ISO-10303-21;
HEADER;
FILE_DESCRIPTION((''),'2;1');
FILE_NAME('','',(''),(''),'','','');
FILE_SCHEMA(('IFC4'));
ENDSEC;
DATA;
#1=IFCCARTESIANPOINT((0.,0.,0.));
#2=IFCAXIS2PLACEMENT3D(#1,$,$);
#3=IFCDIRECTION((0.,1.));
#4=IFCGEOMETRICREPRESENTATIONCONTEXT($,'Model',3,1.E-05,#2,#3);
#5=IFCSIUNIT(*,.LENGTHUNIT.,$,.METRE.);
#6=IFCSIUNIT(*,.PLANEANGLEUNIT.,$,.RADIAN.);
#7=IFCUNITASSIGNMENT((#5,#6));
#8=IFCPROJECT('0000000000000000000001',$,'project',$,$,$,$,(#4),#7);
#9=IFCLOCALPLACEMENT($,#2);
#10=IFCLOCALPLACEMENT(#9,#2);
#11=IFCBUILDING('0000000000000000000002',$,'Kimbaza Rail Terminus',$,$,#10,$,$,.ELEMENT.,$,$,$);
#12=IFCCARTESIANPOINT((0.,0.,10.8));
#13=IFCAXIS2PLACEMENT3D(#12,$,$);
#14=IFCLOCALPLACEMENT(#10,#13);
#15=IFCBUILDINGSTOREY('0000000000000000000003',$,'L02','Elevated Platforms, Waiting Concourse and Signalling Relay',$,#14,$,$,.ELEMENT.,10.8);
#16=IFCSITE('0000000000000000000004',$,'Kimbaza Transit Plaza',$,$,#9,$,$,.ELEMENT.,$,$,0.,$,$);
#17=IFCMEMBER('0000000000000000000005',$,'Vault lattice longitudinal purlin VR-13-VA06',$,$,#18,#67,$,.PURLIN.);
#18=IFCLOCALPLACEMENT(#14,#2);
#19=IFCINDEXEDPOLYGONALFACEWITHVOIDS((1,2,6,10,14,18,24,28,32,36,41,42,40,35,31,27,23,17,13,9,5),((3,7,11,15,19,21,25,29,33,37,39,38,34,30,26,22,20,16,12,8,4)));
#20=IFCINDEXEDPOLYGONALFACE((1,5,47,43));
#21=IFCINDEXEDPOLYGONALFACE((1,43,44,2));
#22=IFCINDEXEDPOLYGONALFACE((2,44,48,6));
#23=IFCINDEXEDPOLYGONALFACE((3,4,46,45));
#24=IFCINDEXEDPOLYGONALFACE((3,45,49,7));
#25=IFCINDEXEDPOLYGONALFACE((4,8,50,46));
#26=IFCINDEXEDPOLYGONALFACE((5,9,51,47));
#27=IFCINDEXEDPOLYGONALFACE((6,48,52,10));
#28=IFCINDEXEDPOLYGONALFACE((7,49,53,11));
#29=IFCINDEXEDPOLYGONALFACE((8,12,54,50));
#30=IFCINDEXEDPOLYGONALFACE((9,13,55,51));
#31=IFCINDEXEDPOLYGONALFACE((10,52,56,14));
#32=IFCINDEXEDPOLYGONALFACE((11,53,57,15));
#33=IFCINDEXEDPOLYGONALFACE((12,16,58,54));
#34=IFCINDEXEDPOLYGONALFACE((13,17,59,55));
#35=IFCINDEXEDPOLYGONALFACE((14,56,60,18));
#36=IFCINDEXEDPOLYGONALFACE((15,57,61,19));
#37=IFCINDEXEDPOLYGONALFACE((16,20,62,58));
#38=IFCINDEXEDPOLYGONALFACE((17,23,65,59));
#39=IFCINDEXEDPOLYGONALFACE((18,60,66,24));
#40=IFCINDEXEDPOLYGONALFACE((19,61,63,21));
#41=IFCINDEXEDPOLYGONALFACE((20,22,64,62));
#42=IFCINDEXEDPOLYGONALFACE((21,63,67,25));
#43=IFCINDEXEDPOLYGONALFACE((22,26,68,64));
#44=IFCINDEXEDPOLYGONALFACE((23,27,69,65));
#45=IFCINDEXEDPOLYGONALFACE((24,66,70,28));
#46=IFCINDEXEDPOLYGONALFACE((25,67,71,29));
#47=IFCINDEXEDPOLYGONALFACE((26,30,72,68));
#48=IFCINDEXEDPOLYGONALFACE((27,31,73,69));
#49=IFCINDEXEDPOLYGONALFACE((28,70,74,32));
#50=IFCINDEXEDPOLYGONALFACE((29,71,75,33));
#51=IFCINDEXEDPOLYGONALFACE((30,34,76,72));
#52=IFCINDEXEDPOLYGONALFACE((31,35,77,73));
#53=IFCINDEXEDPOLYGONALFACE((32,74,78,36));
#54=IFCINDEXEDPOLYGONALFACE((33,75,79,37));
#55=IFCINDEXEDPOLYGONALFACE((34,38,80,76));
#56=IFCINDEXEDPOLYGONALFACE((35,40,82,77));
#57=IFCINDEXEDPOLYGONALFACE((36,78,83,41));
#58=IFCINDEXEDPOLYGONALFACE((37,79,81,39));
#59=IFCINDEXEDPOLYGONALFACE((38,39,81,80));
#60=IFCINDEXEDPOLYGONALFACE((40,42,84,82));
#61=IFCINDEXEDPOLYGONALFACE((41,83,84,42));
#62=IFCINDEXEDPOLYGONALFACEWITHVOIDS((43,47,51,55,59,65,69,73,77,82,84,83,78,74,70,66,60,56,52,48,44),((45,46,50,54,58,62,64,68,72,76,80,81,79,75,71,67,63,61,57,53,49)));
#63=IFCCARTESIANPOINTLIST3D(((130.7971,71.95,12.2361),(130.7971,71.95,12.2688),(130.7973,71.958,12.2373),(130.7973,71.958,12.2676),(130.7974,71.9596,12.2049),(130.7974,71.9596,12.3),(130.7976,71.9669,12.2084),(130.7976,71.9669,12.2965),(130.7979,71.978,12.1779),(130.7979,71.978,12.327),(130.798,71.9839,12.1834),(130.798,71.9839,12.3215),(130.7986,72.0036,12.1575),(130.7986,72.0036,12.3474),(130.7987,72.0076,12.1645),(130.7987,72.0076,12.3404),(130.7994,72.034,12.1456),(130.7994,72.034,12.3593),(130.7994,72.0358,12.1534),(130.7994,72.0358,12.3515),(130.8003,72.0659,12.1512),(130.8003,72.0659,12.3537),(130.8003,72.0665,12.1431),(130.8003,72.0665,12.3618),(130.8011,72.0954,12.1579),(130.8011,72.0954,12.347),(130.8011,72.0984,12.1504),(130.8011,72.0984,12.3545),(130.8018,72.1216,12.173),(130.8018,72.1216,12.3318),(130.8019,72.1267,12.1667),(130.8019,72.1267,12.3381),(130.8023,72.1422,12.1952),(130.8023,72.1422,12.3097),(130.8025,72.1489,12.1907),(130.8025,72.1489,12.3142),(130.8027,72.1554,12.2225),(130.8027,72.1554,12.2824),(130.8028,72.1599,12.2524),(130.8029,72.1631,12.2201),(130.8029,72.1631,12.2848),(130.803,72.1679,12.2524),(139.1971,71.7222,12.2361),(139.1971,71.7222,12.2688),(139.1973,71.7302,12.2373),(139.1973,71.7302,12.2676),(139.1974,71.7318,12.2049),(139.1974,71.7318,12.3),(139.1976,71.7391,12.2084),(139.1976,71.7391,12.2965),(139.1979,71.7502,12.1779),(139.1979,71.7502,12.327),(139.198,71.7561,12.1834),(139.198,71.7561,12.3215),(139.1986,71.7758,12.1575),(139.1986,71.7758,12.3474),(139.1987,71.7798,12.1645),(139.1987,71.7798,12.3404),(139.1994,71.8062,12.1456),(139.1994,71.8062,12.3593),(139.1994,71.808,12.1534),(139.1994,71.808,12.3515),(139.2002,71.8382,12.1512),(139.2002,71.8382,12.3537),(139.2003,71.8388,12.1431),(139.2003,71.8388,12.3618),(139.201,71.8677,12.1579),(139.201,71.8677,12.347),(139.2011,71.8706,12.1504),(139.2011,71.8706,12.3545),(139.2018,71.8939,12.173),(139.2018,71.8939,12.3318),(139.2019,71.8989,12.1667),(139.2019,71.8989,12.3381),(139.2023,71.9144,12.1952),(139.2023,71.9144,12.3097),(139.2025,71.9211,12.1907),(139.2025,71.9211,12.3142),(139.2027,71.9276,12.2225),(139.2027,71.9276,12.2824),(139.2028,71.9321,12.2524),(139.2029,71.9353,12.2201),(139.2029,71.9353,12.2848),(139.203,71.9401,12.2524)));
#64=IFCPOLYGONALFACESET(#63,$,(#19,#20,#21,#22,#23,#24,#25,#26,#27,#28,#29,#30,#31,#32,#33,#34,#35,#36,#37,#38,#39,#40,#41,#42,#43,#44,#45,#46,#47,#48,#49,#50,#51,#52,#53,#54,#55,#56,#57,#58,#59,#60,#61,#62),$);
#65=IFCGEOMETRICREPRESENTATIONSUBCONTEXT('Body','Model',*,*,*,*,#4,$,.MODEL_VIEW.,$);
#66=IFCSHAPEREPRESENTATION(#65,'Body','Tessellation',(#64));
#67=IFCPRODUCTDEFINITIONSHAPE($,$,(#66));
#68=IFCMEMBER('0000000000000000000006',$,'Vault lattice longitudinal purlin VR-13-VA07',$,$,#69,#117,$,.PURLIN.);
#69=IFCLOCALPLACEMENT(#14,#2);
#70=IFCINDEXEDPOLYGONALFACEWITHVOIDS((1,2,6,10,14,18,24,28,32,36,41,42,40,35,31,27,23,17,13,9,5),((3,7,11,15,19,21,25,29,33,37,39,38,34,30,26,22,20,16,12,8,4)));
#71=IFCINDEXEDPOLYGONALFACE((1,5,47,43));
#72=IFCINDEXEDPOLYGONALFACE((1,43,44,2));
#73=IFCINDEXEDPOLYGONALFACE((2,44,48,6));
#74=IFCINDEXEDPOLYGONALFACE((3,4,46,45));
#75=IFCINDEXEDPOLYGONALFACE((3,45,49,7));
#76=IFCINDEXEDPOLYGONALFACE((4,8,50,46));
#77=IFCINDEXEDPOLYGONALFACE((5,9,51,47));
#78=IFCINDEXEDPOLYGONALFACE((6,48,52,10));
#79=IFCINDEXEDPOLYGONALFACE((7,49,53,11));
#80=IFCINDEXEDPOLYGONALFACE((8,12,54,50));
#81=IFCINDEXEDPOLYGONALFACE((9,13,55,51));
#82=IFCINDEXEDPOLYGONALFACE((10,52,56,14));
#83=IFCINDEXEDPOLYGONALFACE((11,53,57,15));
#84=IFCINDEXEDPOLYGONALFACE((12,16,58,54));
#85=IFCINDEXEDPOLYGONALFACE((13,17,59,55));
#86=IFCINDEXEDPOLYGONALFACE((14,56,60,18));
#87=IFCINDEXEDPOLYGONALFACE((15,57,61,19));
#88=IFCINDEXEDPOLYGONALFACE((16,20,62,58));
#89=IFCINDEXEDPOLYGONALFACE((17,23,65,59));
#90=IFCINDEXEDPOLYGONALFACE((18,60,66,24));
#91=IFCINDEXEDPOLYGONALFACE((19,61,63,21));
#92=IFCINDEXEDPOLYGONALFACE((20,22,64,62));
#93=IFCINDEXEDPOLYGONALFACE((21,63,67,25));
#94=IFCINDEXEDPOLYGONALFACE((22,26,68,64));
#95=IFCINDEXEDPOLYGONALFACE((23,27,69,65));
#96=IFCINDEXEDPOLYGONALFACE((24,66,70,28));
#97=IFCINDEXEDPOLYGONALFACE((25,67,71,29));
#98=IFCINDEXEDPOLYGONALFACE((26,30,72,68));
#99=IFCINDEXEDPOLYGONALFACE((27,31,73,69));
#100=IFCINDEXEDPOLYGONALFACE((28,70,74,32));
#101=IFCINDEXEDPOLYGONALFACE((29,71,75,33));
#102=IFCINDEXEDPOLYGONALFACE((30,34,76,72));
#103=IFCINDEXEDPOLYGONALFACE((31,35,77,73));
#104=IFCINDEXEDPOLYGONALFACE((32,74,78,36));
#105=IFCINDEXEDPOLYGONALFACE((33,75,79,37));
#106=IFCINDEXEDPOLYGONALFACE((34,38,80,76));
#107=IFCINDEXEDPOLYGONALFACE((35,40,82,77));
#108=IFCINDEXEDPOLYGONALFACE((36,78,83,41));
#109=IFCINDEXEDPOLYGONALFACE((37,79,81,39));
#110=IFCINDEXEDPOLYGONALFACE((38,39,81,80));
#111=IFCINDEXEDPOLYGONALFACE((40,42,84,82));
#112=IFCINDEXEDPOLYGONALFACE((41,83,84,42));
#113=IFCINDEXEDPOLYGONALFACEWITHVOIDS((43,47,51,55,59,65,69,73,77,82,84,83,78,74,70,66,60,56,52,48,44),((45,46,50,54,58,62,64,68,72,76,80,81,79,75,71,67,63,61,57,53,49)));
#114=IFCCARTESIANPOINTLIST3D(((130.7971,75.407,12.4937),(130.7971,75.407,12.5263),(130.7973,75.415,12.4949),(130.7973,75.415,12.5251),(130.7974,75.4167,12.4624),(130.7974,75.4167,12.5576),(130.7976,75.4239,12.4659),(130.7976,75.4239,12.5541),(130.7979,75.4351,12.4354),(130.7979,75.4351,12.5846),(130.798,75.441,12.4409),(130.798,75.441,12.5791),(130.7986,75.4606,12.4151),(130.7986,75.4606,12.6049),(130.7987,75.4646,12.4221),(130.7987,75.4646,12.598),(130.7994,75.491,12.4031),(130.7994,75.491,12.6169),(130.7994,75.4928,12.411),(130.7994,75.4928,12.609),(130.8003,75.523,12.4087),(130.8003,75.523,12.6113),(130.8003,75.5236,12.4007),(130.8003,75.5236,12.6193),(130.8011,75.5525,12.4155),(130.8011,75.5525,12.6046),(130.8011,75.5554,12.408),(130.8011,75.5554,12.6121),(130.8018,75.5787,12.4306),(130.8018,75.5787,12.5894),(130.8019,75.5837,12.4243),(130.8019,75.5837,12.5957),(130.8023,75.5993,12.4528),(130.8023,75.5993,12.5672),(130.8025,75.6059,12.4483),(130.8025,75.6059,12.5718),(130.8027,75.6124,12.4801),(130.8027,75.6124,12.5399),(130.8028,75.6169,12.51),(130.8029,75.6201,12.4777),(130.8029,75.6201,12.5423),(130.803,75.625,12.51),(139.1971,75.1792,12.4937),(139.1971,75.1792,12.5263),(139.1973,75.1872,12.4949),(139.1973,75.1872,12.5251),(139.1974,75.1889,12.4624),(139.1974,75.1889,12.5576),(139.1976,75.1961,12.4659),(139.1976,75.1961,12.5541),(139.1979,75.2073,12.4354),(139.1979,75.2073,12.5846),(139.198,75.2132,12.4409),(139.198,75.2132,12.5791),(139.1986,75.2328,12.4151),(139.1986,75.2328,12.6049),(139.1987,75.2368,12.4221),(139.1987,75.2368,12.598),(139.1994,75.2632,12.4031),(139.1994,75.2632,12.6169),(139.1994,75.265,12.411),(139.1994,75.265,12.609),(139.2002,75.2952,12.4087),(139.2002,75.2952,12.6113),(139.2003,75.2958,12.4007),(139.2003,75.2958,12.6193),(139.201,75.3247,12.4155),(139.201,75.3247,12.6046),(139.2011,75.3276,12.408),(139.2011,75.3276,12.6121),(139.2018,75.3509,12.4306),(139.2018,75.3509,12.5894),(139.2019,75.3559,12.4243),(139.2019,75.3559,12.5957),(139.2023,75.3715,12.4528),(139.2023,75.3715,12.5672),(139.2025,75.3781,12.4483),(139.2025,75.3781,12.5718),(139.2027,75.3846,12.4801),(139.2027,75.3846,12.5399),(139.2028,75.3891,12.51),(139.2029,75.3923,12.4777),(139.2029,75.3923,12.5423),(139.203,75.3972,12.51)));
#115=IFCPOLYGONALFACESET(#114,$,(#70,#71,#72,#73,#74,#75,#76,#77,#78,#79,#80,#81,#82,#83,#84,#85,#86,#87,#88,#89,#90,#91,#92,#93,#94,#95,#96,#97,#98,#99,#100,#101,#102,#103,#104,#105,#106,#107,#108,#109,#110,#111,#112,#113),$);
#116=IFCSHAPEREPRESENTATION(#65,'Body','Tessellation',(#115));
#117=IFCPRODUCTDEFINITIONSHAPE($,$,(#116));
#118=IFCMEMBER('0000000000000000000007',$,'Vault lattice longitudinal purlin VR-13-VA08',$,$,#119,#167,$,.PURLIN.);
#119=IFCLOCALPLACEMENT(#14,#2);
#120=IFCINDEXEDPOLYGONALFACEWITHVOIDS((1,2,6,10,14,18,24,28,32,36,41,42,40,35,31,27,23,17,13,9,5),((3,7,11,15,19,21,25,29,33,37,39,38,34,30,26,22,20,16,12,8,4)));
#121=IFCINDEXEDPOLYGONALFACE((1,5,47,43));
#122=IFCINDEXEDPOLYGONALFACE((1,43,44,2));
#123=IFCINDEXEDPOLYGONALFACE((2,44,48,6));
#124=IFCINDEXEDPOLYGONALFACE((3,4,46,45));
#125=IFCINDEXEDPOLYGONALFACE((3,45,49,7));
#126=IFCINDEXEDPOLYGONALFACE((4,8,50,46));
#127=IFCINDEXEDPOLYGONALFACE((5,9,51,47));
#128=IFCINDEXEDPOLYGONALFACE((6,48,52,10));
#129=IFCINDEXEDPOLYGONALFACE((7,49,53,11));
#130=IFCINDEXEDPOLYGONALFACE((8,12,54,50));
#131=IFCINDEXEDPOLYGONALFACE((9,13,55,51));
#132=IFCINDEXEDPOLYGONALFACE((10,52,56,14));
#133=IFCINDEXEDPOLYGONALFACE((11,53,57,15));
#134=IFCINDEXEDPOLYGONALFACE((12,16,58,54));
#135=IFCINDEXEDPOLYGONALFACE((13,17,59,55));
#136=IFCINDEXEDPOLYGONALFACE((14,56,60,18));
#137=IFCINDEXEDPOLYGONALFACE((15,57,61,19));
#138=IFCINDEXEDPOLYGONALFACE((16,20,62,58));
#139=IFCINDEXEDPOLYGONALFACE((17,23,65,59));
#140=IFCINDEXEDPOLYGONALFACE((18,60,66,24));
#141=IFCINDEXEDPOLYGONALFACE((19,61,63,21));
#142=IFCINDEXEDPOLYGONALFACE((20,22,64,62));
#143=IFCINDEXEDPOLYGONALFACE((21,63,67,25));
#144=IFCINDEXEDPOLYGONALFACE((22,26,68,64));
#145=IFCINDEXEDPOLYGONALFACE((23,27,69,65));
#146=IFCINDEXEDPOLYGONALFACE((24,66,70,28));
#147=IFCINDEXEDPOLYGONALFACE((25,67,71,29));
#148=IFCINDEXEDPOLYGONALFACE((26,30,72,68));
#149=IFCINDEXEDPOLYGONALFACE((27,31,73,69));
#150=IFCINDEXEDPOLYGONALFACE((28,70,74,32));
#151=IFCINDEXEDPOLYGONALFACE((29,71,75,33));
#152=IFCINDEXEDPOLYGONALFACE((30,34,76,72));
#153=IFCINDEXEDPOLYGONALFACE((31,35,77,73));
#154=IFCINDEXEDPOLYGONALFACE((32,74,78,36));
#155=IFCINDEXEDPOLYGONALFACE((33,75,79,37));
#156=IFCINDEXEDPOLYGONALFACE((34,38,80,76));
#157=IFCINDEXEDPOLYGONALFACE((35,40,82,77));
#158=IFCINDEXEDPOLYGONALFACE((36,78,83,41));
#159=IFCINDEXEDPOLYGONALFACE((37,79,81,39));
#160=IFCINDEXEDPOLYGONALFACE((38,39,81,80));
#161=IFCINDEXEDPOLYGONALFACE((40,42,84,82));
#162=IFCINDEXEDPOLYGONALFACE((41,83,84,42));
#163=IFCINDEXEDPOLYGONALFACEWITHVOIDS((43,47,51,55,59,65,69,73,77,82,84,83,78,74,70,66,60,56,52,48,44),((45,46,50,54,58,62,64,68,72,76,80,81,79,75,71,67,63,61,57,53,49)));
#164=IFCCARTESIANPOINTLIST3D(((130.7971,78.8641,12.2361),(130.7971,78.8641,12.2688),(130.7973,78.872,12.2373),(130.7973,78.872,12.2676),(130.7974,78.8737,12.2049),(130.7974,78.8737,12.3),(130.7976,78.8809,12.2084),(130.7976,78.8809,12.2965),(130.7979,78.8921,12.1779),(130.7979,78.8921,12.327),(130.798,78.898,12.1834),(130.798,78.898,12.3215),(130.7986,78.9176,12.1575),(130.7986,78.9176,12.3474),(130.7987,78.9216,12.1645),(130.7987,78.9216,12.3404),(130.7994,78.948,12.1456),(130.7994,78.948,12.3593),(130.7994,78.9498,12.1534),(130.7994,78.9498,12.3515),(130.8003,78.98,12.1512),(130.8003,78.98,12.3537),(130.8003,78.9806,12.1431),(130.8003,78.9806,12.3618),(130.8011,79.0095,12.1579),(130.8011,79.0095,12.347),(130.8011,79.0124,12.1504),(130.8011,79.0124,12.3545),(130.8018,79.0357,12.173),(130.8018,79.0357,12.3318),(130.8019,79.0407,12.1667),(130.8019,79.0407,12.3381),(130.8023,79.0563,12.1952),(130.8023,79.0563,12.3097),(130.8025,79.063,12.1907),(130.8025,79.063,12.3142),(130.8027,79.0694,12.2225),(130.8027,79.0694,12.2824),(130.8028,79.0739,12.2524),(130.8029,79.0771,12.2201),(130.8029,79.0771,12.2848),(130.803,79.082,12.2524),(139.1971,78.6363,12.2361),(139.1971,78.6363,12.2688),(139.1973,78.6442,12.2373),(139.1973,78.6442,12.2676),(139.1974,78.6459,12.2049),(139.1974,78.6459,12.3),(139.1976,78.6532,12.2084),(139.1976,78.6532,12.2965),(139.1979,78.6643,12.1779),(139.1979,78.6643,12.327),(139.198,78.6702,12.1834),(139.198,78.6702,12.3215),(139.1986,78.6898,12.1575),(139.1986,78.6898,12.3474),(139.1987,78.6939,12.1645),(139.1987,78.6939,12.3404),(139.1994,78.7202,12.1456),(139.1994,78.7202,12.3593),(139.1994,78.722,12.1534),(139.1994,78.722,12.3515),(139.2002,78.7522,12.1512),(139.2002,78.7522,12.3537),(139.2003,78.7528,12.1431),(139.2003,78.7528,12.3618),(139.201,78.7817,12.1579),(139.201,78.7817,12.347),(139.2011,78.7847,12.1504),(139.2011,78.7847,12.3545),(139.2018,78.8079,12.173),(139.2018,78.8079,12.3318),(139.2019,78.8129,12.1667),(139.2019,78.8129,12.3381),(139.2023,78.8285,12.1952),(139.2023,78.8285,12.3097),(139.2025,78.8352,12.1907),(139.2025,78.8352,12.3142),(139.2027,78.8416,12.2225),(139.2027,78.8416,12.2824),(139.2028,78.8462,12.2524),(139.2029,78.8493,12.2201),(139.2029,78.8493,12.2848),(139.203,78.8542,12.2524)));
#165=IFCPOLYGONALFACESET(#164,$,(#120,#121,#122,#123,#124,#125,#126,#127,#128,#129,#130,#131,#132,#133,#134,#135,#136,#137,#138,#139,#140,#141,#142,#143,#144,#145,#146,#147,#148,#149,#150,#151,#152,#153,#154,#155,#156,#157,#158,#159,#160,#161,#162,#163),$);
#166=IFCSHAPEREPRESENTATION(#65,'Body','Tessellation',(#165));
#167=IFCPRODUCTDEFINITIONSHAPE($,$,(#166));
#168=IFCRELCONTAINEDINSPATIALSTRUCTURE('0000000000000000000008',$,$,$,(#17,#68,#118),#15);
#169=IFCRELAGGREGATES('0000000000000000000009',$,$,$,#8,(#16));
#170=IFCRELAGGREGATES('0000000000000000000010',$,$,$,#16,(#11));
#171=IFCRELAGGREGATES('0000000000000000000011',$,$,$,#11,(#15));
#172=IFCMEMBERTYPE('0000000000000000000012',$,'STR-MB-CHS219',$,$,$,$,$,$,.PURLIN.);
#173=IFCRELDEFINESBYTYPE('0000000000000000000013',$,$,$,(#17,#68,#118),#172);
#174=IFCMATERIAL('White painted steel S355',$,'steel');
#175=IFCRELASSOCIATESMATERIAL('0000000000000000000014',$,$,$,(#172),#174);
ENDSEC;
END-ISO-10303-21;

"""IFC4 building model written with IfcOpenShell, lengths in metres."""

from ifc_helpers import new_model, si_unit, direction, frame, origin, origin_2d, place, context, subcontext, project, spatial, hollow_circle, extrude, material, material_profile, profile_set, type_object, element, save


model = new_model("IFC4")

# Units and contexts
model_context = context("Model", 3, precision=1e-05, world=origin(), true_north=direction((0.0, 1.0)))
body_context = subcontext(model_context, "Body", "Model", "MODEL_VIEW")
ifc_project = project(units=[si_unit("LENGTHUNIT", "METRE"), si_unit("PLANEANGLEUNIT", "RADIAN")], contexts=[model_context])

# Site, building, storey
site_placement = place(None, origin())
site = spatial("IfcSite", under=ifc_project, at=site_placement, Name="Kimbaza Transit Plaza", CompositionType="ELEMENT", RefElevation=0.0)
building_placement = place(site_placement, origin())
building = spatial("IfcBuilding", under=site, at=building_placement, Name="Kimbaza Rail Terminus", CompositionType="ELEMENT")
storey_placement = place(building_placement, frame((0.0, 0.0, 10.8)))
storey = spatial("IfcBuildingStorey", under=building, at=storey_placement, Name="L02", Description="Elevated Platforms, Waiting Concourse and Signalling Relay", CompositionType="ELEMENT", Elevation=10.8)

# Members
ifc_material_1 = material(Name="White painted steel S355", Category="steel")
ifc_material_profile_1 = material_profile(ifc_material_1, hollow_circle(Radius=0.1096, WallThickness=0.0081, at=origin_2d()), Name="CHS 219.1x8")
ifc_profile_set_1 = profile_set([ifc_material_profile_1], Name="White painted steel S355")
member_type_1 = type_object("IfcMemberType", Name="STR-MB-CHS219", PredefinedType="PURLIN", material=ifc_profile_set_1)
for number, where, z_axis, x_axis, name in (
    (1, (130.8, 72.0583, 12.2524), (0.999633, -0.027107, 0.0), (0.027107, 0.999633, 0.0), "Vault lattice longitudinal purlin VR-13-VA06"),
    (2, (130.8, 75.5154, 12.51), (0.999633, -0.027107, 0.0), (0.027107, 0.999633, 0.0), "Vault lattice longitudinal purlin VR-13-VA07"),
    (3, (130.8, 78.9724, 12.2524), (0.999633, -0.027107, 0.0), (0.027107, 0.999633, 0.0), "Vault lattice longitudinal purlin VR-13-VA08"),
):
    element("IfcMember", number, at=place(storey_placement, frame(where, z_axis=z_axis, x_axis=x_axis)), inside=storey, type_object=member_type_1, Name=name, PredefinedType="PURLIN", context=body_context, shape_type="SweptSolid", body=[
        extrude(hollow_circle(Radius=0.1096, WallThickness=0.0081, at=origin_2d()), origin(), (0.0, 0.0, 1.0), 8.4031),
    ])

save(model, "model.ifc")
